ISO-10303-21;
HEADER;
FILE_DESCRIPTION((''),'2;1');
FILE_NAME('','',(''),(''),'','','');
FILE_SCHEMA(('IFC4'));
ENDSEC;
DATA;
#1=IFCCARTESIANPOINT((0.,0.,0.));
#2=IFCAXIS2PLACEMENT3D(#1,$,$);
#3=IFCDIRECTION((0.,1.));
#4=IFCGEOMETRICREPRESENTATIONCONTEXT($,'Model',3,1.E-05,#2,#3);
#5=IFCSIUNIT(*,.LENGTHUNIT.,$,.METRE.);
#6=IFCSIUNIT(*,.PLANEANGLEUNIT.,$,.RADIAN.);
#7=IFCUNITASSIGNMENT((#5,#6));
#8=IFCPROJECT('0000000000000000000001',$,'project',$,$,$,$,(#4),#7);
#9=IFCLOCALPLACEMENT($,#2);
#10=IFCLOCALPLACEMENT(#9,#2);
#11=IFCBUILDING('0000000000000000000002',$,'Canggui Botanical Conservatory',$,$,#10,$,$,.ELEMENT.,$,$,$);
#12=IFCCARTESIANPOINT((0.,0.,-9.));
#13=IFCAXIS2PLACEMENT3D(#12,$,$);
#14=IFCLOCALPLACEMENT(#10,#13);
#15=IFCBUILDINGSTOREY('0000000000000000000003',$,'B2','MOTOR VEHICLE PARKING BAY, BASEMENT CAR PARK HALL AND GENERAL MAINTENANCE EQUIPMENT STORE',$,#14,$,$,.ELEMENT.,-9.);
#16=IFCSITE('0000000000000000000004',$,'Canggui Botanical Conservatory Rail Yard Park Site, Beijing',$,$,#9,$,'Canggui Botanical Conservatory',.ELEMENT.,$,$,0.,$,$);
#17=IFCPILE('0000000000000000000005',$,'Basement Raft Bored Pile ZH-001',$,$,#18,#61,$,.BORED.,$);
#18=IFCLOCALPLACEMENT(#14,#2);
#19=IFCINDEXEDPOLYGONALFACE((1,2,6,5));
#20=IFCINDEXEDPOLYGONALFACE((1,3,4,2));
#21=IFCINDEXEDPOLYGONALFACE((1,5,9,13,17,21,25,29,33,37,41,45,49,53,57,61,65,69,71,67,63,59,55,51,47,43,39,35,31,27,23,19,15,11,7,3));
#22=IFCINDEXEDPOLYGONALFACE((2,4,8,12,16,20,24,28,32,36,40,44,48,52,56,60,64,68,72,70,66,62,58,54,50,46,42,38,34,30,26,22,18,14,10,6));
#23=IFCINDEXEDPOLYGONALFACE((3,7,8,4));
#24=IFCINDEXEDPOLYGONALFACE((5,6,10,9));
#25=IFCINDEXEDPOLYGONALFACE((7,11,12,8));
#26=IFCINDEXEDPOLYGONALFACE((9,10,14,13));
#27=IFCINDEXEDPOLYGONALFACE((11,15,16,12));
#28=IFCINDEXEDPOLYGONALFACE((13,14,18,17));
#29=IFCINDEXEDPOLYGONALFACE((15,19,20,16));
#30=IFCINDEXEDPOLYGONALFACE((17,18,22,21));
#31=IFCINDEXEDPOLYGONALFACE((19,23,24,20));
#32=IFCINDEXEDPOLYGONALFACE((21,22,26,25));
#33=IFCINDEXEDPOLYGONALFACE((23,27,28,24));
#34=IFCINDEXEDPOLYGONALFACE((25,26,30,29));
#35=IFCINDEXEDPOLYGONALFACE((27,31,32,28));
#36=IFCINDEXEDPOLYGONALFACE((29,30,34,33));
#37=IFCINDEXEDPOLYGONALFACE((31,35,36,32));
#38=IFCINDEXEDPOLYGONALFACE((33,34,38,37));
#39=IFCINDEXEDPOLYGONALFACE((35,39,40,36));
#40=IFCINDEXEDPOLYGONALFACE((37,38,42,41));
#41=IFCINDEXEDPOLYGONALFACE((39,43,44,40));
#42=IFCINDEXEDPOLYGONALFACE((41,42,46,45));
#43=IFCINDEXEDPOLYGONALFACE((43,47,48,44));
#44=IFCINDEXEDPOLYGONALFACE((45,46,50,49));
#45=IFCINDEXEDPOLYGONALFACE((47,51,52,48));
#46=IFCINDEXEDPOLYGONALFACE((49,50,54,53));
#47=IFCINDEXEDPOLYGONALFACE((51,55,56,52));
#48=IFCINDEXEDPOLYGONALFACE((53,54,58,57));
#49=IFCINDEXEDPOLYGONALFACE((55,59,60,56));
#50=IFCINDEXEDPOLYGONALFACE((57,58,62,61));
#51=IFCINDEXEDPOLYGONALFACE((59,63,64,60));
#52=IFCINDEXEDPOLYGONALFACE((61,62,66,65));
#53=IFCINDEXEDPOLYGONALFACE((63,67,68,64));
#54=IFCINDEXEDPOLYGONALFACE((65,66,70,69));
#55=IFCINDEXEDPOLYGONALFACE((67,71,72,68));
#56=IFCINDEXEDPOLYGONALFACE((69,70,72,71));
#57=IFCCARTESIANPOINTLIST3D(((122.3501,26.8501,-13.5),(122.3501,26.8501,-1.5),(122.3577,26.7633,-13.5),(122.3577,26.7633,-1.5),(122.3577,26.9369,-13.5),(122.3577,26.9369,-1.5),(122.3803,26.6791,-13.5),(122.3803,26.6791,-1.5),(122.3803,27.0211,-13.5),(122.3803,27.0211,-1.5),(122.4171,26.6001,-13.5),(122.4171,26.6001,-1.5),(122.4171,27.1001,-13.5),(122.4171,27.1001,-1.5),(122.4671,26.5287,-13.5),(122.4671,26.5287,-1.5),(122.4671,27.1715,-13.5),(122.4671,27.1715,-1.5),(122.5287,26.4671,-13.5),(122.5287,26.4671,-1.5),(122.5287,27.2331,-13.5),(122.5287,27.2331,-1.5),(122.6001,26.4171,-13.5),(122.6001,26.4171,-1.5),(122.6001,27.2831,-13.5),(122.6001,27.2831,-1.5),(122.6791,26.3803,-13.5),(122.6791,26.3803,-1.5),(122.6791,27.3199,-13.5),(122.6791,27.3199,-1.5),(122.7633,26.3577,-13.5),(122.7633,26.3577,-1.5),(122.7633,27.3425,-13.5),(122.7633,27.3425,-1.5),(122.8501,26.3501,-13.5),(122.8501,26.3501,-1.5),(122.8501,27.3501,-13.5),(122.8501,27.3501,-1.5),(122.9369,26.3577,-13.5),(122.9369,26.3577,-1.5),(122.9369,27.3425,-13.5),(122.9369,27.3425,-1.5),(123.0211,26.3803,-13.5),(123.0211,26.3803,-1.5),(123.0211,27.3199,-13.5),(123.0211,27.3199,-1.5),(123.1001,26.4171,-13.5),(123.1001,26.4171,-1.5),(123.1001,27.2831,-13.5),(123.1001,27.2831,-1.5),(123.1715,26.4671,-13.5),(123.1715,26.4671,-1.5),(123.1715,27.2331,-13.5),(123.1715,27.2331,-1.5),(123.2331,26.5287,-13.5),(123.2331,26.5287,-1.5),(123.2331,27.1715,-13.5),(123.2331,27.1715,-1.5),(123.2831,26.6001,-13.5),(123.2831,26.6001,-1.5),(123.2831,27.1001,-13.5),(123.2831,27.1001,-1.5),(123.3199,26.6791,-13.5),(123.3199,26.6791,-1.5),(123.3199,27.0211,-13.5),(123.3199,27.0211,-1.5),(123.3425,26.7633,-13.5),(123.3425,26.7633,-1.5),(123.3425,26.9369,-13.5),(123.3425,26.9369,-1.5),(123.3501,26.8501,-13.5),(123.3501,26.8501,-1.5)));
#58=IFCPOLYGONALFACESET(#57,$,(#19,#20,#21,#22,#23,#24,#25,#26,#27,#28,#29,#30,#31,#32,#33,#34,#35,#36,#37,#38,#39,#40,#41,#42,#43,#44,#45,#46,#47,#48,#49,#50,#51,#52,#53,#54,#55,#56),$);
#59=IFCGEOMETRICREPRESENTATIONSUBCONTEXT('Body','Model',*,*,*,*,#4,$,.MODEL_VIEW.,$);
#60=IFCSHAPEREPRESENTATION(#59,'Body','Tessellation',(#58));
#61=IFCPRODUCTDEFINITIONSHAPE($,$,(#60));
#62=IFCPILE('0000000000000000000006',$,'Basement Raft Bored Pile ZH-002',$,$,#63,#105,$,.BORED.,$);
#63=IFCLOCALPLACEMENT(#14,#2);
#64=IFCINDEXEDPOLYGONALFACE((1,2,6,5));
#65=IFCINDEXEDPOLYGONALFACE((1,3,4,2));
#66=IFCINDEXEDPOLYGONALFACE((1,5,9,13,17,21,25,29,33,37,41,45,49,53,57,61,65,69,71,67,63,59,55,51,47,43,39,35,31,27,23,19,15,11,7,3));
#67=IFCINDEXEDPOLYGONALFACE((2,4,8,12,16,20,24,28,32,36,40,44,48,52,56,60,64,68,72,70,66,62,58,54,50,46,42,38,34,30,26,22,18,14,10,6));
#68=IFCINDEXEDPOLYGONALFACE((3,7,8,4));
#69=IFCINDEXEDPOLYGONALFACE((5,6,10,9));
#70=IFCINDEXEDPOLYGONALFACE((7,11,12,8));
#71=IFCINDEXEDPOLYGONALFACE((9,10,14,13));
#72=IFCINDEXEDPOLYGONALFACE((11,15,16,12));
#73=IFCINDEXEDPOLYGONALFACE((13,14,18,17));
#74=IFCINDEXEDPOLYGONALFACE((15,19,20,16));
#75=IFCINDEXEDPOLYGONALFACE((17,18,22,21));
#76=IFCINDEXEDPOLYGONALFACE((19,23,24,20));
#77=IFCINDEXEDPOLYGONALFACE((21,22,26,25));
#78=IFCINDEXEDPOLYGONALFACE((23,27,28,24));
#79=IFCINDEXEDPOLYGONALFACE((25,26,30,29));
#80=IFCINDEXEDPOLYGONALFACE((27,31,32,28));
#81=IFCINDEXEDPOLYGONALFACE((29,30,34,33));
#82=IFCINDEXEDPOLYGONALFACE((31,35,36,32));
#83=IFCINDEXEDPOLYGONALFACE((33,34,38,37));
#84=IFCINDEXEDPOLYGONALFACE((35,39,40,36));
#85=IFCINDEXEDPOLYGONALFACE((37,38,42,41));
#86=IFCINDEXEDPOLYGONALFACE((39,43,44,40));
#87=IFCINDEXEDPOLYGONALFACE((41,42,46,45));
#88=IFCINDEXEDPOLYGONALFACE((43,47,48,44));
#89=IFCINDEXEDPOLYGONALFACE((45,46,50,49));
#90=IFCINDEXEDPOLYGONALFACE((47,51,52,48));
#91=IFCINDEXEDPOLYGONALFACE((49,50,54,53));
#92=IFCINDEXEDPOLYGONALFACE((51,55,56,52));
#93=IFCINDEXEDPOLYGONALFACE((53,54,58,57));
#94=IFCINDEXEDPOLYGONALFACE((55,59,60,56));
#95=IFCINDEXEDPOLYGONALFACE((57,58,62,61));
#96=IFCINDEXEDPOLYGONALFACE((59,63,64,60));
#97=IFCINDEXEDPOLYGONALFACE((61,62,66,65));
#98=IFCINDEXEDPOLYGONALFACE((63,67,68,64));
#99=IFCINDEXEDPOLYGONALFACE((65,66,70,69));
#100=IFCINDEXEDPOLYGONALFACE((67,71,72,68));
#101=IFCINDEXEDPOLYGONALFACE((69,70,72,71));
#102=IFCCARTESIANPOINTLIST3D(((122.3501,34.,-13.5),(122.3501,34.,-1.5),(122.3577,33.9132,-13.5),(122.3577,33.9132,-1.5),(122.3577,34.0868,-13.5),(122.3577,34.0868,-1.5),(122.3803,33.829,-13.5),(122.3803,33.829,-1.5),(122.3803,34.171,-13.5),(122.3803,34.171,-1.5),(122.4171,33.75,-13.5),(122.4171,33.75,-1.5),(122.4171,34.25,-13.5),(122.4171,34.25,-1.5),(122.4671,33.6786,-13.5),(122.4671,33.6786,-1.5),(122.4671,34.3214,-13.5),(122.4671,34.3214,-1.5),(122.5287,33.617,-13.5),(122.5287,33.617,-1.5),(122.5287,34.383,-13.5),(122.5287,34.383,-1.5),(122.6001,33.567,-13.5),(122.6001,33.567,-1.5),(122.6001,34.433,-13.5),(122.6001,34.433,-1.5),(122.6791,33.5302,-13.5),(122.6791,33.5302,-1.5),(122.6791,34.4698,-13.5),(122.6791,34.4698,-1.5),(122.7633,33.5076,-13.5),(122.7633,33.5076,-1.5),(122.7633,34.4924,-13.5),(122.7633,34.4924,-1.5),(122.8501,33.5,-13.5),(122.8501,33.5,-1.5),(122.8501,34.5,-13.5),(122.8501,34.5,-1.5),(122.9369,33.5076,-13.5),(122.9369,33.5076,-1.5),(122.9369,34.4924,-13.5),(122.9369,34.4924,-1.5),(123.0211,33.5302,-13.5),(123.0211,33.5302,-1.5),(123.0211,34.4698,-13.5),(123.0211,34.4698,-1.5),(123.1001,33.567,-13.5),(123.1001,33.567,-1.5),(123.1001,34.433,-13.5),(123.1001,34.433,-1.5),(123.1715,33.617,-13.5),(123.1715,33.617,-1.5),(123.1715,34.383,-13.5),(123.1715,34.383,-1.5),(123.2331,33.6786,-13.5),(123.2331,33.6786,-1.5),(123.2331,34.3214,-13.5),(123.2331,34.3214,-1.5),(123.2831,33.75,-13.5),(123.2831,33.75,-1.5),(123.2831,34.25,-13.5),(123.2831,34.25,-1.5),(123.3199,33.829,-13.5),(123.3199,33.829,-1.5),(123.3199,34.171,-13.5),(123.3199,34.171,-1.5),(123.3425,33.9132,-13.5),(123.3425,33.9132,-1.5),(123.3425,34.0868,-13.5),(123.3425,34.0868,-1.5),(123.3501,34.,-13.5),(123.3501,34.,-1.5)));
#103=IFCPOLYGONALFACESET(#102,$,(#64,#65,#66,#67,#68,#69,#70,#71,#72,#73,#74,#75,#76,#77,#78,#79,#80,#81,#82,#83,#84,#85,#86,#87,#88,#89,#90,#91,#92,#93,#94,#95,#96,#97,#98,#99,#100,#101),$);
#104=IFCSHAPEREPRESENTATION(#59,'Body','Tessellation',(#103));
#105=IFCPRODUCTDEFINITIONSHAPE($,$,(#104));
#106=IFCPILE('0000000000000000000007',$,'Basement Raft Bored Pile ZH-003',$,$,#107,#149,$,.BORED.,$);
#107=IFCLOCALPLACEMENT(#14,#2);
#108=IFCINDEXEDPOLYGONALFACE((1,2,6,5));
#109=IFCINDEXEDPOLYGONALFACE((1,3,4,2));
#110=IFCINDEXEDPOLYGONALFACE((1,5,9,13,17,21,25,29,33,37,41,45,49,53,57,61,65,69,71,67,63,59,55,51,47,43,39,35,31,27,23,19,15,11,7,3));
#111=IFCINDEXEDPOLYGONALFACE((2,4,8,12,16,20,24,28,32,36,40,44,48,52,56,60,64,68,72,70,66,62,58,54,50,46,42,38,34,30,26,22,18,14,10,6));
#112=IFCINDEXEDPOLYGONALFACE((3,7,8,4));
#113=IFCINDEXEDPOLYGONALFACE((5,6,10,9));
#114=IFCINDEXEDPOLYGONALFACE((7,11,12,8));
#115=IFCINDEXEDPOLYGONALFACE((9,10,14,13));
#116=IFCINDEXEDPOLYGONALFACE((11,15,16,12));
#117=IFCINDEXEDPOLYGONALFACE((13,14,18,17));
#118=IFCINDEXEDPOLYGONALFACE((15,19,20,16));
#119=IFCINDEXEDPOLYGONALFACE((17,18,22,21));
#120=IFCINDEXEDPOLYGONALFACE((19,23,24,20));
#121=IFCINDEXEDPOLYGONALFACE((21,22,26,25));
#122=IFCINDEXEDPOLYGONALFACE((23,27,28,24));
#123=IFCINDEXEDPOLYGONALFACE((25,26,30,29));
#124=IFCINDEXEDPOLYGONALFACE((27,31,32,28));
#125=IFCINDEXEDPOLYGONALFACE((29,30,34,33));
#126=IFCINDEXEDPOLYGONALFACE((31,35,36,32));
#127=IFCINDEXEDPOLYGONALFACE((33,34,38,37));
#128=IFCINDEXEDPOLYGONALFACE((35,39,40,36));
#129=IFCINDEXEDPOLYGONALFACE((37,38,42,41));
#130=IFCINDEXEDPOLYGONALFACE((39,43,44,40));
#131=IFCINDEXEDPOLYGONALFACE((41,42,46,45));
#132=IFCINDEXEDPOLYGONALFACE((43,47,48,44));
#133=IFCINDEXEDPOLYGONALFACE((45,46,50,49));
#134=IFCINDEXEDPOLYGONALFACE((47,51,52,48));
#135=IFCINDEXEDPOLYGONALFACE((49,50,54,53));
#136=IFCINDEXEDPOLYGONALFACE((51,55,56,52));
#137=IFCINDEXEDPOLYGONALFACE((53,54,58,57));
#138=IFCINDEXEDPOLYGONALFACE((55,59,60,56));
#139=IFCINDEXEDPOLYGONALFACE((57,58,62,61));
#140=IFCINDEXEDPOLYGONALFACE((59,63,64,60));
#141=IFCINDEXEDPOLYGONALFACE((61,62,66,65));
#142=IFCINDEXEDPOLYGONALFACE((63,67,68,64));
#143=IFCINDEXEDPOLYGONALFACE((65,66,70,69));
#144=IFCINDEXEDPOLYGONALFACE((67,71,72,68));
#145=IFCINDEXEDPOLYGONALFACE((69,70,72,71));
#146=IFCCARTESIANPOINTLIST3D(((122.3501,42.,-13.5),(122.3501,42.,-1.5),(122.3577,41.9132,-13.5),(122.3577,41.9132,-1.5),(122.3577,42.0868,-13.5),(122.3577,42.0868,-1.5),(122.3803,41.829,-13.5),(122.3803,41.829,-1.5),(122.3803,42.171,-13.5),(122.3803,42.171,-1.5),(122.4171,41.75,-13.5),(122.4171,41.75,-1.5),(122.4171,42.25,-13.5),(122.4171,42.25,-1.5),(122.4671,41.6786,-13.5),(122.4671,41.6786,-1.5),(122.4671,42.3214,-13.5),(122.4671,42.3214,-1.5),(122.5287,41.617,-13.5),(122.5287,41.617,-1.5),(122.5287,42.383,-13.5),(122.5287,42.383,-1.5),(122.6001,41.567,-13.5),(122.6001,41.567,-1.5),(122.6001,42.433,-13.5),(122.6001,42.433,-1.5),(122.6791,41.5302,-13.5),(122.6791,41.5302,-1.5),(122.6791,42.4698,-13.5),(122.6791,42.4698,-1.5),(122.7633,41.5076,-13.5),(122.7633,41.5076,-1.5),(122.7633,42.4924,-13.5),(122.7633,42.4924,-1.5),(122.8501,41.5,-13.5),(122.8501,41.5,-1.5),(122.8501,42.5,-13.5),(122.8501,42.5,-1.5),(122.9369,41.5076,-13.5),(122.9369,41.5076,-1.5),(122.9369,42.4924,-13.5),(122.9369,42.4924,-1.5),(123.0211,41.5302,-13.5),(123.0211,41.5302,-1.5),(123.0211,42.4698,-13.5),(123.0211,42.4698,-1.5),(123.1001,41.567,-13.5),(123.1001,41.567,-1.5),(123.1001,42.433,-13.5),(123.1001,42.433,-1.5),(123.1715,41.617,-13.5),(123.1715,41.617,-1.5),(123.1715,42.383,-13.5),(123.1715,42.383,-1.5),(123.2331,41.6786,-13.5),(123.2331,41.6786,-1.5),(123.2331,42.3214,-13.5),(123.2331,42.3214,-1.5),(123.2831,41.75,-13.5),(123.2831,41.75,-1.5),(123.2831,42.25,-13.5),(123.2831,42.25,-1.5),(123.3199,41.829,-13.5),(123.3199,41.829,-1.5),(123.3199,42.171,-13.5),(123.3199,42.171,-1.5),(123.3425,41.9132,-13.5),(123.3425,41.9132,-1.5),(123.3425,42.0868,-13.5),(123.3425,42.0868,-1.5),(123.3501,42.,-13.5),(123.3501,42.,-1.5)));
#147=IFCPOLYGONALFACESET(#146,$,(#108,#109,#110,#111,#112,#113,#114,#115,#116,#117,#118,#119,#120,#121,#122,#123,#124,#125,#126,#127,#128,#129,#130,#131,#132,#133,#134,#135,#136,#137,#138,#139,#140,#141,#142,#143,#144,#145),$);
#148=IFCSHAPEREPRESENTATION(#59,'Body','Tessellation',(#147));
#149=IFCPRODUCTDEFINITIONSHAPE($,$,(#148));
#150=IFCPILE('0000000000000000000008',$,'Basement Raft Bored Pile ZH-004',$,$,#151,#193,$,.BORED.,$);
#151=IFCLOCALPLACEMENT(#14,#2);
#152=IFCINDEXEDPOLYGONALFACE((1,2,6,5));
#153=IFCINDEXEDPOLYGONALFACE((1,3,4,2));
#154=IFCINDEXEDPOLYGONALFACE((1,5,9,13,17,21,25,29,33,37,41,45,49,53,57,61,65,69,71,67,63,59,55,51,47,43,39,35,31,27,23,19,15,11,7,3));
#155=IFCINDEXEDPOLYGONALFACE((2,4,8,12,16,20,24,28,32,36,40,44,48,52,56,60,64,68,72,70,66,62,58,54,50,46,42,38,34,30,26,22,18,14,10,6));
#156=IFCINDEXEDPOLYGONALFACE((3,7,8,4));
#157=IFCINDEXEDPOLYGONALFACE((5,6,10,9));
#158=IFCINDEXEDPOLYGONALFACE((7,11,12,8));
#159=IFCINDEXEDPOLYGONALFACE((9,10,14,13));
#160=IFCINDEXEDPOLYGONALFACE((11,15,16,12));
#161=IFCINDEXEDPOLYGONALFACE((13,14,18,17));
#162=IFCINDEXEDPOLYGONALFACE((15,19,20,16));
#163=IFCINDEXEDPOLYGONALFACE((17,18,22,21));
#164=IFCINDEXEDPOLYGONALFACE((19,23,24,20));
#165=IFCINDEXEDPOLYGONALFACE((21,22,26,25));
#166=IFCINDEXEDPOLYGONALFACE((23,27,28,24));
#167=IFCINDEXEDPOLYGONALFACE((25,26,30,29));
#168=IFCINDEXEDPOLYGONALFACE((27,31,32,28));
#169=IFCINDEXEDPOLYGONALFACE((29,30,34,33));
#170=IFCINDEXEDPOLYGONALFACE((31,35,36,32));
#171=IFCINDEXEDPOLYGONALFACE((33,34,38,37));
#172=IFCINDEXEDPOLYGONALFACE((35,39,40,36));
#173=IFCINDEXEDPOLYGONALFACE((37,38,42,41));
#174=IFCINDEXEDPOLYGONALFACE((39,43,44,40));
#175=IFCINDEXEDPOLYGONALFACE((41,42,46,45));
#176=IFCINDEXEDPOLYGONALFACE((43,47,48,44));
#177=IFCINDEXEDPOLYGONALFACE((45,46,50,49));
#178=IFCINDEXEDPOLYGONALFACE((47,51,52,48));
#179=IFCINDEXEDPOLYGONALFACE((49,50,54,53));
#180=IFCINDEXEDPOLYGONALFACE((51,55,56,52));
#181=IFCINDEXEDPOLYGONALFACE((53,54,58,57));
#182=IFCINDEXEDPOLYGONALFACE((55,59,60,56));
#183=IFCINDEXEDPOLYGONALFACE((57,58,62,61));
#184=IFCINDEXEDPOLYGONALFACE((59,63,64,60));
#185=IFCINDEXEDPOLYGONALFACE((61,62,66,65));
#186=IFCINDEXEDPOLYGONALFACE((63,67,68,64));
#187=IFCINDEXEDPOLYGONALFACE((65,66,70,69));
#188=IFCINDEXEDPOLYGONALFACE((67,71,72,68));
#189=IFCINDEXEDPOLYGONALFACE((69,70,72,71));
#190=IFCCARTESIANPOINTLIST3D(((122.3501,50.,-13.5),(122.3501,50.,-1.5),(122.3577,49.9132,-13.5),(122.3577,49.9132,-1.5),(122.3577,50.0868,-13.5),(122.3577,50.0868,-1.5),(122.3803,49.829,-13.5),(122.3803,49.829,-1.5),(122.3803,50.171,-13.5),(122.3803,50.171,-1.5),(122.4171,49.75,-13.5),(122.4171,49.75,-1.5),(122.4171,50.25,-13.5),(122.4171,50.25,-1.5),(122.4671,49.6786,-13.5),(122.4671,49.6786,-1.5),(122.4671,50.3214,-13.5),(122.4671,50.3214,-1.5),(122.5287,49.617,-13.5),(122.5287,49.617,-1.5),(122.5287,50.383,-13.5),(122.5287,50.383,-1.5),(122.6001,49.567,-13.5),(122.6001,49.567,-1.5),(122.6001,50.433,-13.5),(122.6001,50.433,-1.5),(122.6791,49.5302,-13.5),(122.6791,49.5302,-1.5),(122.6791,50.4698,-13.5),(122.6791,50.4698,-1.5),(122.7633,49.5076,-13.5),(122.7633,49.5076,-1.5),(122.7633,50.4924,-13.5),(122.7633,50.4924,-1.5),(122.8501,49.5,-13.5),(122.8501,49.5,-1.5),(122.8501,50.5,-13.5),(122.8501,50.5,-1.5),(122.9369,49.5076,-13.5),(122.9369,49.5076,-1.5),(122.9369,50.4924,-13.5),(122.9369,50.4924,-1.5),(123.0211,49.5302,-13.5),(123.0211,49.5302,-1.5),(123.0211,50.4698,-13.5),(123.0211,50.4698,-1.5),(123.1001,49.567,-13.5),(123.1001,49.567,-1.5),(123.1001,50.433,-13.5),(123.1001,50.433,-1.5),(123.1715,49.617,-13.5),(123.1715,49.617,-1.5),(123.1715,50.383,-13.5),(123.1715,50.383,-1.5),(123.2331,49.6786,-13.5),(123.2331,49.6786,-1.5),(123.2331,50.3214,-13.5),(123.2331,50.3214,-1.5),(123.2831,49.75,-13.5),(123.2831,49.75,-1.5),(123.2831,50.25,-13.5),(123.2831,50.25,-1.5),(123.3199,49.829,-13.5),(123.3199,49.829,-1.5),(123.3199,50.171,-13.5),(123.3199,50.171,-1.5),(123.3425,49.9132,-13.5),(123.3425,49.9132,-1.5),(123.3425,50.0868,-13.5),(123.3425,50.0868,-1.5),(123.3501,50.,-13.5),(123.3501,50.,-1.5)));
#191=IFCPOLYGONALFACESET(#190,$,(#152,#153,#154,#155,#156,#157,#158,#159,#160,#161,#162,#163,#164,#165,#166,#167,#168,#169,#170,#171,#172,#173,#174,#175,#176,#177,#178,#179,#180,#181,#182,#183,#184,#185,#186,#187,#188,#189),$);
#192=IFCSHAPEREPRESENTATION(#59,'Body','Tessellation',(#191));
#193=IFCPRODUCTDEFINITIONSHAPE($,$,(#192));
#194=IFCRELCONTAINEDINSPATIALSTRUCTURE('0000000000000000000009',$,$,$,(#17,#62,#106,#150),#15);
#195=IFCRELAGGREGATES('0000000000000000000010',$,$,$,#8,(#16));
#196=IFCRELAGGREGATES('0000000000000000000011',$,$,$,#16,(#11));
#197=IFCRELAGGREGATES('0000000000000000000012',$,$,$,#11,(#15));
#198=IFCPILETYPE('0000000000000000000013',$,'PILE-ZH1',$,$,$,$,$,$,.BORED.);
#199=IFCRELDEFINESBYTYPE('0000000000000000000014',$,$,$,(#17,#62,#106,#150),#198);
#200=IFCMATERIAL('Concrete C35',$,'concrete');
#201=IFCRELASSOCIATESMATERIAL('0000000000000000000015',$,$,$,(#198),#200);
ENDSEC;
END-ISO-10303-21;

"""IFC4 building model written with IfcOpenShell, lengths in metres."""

from ifc_helpers import new_model, si_unit, direction, frame, origin, origin_2d, place, context, subcontext, project, spatial, circle, extrude, material, material_profile, profile_set, type_object, element, save


model = new_model("IFC4")

# Units and contexts
model_context = context("Model", 3, precision=1e-05, world=origin(), true_north=direction((0.0, 1.0)))
body_context = subcontext(model_context, "Body", "Model", "MODEL_VIEW")
ifc_project = project(units=[si_unit("LENGTHUNIT", "METRE"), si_unit("PLANEANGLEUNIT", "RADIAN")], contexts=[model_context])

# Site, building, storey
site_placement = place(None, origin())
site = spatial("IfcSite", under=ifc_project, at=site_placement, Name="Canggui Botanical Conservatory Rail Yard Park Site, Beijing", LongName="Canggui Botanical Conservatory", CompositionType="ELEMENT", RefElevation=0.0)
building_placement = place(site_placement, origin())
building = spatial("IfcBuilding", under=site, at=building_placement, Name="Canggui Botanical Conservatory", CompositionType="ELEMENT")
storey_placement = place(building_placement, frame((0.0, 0.0, -9.0)))
storey = spatial("IfcBuildingStorey", under=building, at=storey_placement, Name="B2", Description="MOTOR VEHICLE PARKING BAY, BASEMENT CAR PARK HALL AND GENERAL MAINTENANCE EQUIPMENT STORE", CompositionType="ELEMENT", Elevation=-9.0)

# Piles
ifc_material_1 = material(Name="Concrete C35", Category="concrete")
ifc_material_profile_1 = material_profile(ifc_material_1, circle(Radius=0.5, at=origin_2d()), Name="PILE D1000")
ifc_profile_set_1 = profile_set([ifc_material_profile_1], Name="Concrete C35")
pile_type = type_object("IfcPileType", Name="PILE-ZH1", PredefinedType="BORED", material=ifc_profile_set_1)
for number, where, z_axis, x_axis, name in (
    (1, (122.8501, 26.8501, -1.5), (0.0, 0.0, -1.0), (1.0, 0.0, 0.0), "Basement Raft Bored Pile ZH-001"),
    (2, (122.8501, 34.0, -1.5), (0.0, 0.0, -1.0), (1.0, 0.0, 0.0), "Basement Raft Bored Pile ZH-002"),
    (3, (122.8501, 42.0, -1.5), (0.0, 0.0, -1.0), (1.0, 0.0, 0.0), "Basement Raft Bored Pile ZH-003"),
    (4, (122.8501, 50.0, -1.5), (0.0, 0.0, -1.0), (1.0, 0.0, 0.0), "Basement Raft Bored Pile ZH-004"),
):
    element("IfcPile", number, at=place(storey_placement, frame(where, z_axis=z_axis, x_axis=x_axis)), inside=storey, type_object=pile_type, Name=name, PredefinedType="BORED", context=body_context, shape_type="SweptSolid", body=[
        extrude(circle(Radius=0.5, at=origin_2d()), origin(), (0.0, 0.0, 1.0), 12.0),
    ])

save(model, "model.ifc")
